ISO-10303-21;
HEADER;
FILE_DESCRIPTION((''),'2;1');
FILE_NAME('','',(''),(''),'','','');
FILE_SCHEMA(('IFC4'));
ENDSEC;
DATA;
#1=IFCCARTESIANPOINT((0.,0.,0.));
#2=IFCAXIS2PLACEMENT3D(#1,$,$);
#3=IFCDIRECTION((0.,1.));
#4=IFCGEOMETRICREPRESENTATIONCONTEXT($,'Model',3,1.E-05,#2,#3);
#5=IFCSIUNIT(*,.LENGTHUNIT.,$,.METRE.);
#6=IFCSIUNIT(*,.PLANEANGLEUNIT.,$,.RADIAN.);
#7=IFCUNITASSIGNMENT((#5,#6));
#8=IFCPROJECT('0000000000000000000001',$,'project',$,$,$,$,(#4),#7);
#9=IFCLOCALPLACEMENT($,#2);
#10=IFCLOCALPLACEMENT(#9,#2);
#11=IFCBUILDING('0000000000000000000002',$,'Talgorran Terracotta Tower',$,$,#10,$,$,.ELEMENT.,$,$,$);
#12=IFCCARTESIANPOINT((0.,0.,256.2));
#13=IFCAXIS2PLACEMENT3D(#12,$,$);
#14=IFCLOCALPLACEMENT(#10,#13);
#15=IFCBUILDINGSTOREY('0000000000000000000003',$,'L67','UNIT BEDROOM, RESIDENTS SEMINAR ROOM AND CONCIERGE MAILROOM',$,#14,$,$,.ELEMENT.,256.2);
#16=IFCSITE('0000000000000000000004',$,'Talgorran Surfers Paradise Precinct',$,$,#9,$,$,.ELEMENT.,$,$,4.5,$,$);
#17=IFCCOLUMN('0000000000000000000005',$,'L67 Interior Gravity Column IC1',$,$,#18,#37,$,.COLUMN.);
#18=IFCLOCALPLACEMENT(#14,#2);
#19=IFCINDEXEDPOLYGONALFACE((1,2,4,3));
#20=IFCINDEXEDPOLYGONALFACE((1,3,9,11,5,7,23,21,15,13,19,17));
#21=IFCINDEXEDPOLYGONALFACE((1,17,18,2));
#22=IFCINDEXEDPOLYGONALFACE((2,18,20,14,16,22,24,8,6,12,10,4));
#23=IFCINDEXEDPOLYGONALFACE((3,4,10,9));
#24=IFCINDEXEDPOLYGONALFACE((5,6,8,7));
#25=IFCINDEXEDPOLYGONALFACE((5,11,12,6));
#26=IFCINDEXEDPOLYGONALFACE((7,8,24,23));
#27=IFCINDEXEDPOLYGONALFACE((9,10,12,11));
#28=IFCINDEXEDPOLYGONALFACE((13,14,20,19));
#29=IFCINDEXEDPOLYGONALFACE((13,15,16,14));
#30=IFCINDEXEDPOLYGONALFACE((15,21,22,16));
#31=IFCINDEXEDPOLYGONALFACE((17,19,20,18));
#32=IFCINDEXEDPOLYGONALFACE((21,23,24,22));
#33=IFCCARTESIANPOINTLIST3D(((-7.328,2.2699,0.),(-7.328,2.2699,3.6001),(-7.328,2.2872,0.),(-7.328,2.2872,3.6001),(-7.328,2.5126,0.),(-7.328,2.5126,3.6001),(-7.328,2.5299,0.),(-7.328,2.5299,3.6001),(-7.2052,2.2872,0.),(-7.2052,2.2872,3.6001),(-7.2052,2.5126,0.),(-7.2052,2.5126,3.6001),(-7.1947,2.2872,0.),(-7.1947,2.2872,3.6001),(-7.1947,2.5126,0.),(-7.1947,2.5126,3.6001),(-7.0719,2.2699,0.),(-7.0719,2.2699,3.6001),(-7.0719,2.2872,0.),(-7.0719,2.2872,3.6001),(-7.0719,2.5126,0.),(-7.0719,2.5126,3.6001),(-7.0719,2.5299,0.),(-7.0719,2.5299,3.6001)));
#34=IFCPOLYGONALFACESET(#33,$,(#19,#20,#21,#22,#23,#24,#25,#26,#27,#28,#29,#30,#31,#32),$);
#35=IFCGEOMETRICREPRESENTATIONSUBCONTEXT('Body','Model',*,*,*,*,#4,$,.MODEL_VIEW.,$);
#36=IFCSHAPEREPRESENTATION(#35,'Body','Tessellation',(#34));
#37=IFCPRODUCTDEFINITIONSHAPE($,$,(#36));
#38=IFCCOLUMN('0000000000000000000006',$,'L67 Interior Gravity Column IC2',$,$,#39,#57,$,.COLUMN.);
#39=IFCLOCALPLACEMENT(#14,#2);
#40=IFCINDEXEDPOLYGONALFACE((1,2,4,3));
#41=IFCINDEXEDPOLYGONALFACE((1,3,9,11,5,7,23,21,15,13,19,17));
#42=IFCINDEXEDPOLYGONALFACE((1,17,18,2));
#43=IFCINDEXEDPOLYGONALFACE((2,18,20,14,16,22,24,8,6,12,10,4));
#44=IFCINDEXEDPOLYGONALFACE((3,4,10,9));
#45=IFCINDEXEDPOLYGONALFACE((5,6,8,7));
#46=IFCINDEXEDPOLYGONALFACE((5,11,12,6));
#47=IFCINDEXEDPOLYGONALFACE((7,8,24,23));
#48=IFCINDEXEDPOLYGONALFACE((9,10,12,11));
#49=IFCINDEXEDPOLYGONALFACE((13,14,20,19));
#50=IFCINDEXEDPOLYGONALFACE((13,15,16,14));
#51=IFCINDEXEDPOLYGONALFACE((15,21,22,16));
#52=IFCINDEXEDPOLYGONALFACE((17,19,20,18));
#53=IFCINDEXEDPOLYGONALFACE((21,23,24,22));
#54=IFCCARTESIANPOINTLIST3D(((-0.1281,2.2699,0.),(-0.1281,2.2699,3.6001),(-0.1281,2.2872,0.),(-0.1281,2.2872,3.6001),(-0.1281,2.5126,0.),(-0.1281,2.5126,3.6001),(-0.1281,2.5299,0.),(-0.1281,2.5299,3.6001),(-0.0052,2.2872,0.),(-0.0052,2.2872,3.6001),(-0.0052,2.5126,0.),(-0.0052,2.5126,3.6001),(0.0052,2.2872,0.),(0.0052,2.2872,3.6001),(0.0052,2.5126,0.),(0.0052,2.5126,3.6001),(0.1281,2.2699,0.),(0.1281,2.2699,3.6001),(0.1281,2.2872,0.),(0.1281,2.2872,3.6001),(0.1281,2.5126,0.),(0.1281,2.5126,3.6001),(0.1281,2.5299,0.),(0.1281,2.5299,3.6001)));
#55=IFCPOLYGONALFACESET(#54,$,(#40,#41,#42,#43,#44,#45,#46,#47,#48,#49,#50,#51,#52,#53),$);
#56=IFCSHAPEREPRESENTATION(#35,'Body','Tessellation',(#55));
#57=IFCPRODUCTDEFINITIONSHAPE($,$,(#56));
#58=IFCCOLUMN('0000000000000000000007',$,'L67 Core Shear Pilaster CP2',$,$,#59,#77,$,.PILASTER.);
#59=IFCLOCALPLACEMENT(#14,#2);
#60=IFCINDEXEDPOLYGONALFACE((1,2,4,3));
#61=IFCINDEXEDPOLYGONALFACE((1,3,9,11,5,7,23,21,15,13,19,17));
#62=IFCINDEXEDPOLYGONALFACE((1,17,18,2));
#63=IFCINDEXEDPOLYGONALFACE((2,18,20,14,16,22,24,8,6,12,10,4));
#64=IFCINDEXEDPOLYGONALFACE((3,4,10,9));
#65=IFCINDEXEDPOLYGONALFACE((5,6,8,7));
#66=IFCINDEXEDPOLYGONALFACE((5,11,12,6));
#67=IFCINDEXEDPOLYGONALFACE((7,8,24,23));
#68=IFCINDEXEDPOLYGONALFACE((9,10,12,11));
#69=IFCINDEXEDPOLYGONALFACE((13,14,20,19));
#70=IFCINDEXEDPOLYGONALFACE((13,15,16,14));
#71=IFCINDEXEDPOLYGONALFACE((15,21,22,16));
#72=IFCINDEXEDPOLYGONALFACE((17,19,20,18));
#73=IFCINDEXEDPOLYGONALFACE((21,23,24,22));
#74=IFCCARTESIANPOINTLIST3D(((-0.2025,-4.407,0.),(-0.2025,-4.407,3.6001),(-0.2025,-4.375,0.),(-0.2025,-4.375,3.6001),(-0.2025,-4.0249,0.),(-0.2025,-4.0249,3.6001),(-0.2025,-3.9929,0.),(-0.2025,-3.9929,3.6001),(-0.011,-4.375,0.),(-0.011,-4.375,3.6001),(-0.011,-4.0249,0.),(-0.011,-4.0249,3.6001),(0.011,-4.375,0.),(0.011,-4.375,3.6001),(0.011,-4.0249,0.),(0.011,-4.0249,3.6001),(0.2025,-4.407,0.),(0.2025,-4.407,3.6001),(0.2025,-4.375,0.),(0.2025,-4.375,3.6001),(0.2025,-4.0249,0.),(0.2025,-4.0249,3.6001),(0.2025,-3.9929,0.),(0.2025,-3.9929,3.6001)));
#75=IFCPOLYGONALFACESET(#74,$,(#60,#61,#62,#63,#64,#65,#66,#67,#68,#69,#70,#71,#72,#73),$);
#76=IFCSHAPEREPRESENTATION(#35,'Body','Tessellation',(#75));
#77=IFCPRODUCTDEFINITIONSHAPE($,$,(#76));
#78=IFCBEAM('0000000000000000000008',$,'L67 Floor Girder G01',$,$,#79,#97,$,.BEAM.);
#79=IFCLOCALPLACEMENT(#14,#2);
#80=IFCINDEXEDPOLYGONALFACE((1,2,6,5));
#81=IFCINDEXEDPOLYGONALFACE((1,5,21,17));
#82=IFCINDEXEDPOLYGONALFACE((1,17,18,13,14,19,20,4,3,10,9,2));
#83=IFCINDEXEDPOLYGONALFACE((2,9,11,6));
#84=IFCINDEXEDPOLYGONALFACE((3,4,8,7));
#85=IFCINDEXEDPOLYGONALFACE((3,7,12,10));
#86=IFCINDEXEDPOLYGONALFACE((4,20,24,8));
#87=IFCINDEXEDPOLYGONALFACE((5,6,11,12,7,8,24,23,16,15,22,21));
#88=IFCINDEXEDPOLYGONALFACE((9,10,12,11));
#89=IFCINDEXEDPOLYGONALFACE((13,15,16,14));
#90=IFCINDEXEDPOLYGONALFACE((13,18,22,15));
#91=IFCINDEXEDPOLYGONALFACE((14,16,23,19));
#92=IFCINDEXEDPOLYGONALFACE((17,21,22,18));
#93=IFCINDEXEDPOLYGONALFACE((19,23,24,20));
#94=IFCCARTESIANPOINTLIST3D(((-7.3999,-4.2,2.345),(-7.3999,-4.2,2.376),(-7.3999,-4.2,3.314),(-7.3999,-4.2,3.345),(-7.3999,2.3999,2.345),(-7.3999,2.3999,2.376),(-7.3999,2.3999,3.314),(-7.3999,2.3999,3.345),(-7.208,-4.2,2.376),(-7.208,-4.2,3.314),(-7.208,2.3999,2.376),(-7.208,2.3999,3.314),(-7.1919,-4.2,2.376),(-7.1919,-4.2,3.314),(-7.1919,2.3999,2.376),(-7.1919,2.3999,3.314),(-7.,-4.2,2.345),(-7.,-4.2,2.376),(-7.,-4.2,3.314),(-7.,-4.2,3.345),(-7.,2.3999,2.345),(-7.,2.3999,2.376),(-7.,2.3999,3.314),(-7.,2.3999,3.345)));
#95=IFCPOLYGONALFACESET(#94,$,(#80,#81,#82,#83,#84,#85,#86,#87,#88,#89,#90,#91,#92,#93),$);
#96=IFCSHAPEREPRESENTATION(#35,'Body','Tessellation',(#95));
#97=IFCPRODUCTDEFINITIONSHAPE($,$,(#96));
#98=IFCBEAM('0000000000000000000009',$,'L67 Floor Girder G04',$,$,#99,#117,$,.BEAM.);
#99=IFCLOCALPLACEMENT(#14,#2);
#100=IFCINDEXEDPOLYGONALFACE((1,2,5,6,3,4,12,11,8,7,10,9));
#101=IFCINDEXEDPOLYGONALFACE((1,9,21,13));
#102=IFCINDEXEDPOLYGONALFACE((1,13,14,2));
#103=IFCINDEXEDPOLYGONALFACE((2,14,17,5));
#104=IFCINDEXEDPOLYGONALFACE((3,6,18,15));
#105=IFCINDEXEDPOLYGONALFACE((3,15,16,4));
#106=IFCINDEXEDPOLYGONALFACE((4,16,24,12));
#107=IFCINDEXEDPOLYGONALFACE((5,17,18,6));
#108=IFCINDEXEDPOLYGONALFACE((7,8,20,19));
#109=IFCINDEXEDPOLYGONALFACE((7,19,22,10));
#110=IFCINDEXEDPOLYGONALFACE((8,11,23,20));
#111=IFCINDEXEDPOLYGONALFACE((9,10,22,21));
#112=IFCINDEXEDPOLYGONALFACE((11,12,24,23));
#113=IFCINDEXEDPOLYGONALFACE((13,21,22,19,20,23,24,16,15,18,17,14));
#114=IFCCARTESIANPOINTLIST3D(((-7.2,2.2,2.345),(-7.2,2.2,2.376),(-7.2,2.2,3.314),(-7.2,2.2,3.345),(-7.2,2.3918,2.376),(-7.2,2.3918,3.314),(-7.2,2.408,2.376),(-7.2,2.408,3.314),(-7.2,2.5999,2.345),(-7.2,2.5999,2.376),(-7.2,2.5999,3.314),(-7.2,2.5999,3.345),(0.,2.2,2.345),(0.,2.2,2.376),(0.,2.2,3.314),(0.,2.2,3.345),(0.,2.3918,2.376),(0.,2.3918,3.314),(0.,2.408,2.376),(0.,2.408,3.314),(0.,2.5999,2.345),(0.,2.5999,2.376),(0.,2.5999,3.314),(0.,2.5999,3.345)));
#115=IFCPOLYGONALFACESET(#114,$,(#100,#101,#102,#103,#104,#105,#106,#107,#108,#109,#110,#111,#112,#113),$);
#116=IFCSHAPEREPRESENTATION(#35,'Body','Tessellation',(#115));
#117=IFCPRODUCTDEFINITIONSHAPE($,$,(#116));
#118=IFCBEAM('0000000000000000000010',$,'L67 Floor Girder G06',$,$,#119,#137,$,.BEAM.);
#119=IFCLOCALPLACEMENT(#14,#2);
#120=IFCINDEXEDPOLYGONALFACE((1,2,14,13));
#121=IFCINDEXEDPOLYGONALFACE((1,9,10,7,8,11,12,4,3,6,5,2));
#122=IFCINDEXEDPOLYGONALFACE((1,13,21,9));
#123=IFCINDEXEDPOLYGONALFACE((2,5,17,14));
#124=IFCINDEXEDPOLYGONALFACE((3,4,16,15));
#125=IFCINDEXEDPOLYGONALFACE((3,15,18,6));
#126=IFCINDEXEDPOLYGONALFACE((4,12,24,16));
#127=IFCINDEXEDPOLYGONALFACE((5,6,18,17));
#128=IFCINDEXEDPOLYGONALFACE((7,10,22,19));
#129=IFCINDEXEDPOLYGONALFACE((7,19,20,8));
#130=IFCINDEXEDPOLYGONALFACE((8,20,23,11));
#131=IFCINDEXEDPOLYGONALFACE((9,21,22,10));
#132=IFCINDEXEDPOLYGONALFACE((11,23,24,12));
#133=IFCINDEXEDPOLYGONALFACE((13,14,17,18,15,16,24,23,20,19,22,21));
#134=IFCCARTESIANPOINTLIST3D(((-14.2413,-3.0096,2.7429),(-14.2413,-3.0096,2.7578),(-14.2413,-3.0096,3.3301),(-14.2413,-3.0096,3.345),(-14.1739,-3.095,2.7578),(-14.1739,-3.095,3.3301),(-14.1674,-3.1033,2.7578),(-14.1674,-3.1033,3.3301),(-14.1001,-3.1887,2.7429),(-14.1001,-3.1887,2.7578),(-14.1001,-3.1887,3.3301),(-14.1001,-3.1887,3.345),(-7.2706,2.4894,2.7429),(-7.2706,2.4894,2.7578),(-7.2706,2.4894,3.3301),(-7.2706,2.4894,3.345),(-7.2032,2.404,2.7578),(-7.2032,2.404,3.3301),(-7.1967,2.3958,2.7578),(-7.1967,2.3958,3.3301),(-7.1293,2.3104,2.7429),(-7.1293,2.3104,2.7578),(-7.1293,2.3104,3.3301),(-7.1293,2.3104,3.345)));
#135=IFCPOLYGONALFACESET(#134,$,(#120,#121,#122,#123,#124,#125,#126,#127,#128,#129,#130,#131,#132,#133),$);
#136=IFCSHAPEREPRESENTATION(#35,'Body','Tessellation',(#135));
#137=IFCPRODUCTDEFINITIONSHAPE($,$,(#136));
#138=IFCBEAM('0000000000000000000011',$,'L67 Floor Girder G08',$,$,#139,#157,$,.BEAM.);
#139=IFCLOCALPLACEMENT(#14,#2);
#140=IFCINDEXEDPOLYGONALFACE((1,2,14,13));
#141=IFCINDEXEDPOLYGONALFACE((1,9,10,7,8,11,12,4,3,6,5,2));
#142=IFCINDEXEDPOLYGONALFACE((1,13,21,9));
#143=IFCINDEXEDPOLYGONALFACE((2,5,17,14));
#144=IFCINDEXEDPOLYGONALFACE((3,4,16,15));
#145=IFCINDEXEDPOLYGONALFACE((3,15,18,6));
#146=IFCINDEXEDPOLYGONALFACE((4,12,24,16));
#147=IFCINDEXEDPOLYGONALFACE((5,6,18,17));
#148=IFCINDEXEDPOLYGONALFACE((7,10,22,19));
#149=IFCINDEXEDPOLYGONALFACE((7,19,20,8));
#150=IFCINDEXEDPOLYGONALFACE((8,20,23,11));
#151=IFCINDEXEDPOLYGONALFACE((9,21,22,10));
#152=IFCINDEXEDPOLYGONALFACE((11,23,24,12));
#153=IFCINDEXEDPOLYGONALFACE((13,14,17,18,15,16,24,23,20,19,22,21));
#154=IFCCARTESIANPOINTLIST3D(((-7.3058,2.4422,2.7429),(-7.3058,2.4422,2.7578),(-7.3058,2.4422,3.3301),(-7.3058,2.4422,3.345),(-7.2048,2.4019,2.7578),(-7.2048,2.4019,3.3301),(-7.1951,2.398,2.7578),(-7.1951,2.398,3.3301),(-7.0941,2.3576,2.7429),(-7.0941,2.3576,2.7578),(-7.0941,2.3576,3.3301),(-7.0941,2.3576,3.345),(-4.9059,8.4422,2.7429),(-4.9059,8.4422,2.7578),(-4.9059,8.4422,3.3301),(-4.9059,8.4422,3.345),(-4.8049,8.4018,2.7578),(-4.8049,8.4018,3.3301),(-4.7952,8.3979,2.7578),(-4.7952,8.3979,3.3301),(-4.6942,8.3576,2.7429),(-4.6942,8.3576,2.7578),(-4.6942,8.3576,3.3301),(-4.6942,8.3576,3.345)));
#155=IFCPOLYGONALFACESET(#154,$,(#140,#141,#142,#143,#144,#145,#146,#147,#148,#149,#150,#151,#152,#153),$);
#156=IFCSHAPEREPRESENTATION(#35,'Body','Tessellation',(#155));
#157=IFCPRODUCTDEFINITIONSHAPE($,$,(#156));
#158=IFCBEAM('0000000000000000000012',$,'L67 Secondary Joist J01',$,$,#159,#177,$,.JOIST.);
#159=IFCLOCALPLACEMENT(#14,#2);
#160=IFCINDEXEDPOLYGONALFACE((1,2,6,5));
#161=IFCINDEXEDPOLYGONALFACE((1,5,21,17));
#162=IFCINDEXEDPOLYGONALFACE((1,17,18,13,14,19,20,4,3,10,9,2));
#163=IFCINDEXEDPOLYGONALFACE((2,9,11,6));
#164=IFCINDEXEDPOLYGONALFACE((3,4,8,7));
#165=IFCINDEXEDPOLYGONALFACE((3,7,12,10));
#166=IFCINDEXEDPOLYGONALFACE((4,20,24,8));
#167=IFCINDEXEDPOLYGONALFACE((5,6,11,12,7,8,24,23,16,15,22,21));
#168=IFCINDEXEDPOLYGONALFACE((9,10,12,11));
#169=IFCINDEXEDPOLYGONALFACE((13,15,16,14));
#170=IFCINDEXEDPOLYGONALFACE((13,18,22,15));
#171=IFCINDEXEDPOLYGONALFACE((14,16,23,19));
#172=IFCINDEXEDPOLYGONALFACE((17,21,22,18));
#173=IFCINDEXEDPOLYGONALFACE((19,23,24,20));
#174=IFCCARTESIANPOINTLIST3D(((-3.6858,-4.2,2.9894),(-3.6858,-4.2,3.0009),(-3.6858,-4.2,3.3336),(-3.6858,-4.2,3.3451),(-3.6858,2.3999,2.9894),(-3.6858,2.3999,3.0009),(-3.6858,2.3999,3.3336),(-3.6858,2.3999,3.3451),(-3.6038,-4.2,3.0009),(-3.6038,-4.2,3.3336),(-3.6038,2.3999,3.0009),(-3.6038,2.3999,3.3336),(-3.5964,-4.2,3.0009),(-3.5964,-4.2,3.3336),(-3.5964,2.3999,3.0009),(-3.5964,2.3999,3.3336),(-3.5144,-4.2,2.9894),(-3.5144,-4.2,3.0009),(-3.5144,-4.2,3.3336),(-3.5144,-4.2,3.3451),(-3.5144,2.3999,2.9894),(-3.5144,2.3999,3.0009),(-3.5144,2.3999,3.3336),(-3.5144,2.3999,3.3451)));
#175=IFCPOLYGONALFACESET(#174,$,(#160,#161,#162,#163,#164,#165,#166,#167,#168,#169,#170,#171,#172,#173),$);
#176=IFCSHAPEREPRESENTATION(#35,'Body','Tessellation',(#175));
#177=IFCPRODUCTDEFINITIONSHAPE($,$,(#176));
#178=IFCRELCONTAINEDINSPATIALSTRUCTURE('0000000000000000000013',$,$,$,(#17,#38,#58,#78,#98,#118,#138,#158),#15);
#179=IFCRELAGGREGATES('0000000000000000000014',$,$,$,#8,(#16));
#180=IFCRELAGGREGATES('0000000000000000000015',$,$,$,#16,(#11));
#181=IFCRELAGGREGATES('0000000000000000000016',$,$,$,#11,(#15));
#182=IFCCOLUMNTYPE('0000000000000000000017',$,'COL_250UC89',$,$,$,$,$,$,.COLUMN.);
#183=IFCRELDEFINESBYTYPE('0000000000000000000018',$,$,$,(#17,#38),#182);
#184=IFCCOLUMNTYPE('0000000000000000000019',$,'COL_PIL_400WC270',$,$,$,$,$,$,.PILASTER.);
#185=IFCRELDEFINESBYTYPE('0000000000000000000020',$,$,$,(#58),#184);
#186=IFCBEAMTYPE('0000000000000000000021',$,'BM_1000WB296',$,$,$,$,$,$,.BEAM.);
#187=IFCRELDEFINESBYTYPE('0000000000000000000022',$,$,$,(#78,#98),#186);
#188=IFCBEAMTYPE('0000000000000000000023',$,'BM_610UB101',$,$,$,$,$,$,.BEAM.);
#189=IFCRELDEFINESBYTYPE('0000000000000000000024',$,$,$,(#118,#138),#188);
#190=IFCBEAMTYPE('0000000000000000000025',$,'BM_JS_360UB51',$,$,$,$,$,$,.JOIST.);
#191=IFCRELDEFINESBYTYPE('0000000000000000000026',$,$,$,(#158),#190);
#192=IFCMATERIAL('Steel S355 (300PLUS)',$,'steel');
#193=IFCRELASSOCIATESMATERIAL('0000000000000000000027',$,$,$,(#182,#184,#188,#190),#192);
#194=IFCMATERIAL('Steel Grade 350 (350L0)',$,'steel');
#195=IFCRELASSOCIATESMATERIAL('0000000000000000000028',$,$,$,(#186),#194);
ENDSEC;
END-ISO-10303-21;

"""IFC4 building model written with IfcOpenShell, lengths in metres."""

from ifc_helpers import new_model, si_unit, direction, frame, origin, origin_2d, place, context, subcontext, project, spatial, i_section, extrude, material, material_profile, profile_set, type_object, element, save


model = new_model("IFC4")

# Units and contexts
model_context = context("Model", 3, precision=1e-05, world=origin(), true_north=direction((0.0, 1.0)))
body_context = subcontext(model_context, "Body", "Model", "MODEL_VIEW")
ifc_project = project(units=[si_unit("LENGTHUNIT", "METRE"), si_unit("PLANEANGLEUNIT", "RADIAN")], contexts=[model_context])

# Site, building, storey
site_placement = place(None, origin())
site = spatial("IfcSite", under=ifc_project, at=site_placement, Name="Talgorran Surfers Paradise Precinct", CompositionType="ELEMENT", RefElevation=4.5)
building_placement = place(site_placement, origin())
building = spatial("IfcBuilding", under=site, at=building_placement, Name="Talgorran Terracotta Tower", CompositionType="ELEMENT")
storey_placement = place(building_placement, frame((0.0, 0.0, 256.2)))
storey = spatial("IfcBuildingStorey", under=building, at=storey_placement, Name="L67", Description="UNIT BEDROOM, RESIDENTS SEMINAR ROOM AND CONCIERGE MAILROOM", CompositionType="ELEMENT", Elevation=256.2)

# Columns
ifc_material_1 = material(Name="Steel S355 (300PLUS)", Category="steel")
ifc_material_profile_1 = material_profile(ifc_material_1, i_section(OverallWidth=0.2561, OverallDepth=0.26, WebThickness=0.0105, FlangeThickness=0.0173, at=origin_2d()), Name="250UC89.5")
ifc_profile_set_1 = profile_set([ifc_material_profile_1], Name="Steel S355 (300PLUS)")
column_type_1 = type_object("IfcColumnType", Name="COL_250UC89", PredefinedType="COLUMN", material=ifc_profile_set_1)
for number, where, z_axis, x_axis, name in (
    (1, (-7.2, 2.3999, 0.0), (0.0, 0.0, 1.0), (1.0, 0.0, 0.0), "L67 Interior Gravity Column IC1"),
    (2, (0.0, 2.3999, 0.0), (0.0, 0.0, 1.0), (1.0, 0.0, 0.0), "L67 Interior Gravity Column IC2"),
):
    element("IfcColumn", number, at=place(storey_placement, frame(where, z_axis=z_axis, x_axis=x_axis)), inside=storey, type_object=column_type_1, Name=name, PredefinedType="COLUMN", context=body_context, shape_type="SweptSolid", body=[
        extrude(i_section(OverallWidth=0.2561, OverallDepth=0.26, WebThickness=0.0105, FlangeThickness=0.0173, at=origin_2d()), origin(), (0.0, 0.0, 1.0), 3.6001),
    ])
ifc_material_profile_2 = material_profile(ifc_material_1, i_section(OverallWidth=0.405, OverallDepth=0.4141, WebThickness=0.022, FlangeThickness=0.032, at=origin_2d()), Name="400WC270")
ifc_profile_set_2 = profile_set([ifc_material_profile_2], Name="Steel S355 (300PLUS)")
column_type_2 = type_object("IfcColumnType", Name="COL_PIL_400WC270", PredefinedType="PILASTER", material=ifc_profile_set_2)
column_placement = place(storey_placement, frame((0.0, -4.2, 0.0), z_axis=(0.0, 0.0, 1.0), x_axis=(1.0, 0.0, 0.0)))
element("IfcColumn", 3, at=column_placement, inside=storey, type_object=column_type_2, Name="L67 Core Shear Pilaster CP2", PredefinedType="PILASTER", context=body_context, shape_type="SweptSolid", body=[
    extrude(i_section(OverallWidth=0.405, OverallDepth=0.4141, WebThickness=0.022, FlangeThickness=0.032, at=origin_2d()), origin(), (0.0, 0.0, 1.0), 3.6001),
])

# Beams
ifc_material_2 = material(Name="Steel Grade 350 (350L0)", Category="steel")
ifc_material_profile_3 = material_profile(ifc_material_2, i_section(OverallWidth=0.3999, OverallDepth=1.0, WebThickness=0.0161, FlangeThickness=0.031, at=origin_2d()), Name="1000WB296")
ifc_profile_set_3 = profile_set([ifc_material_profile_3], Name="Steel Grade 350 (350L0)")
beam_type_1 = type_object("IfcBeamType", Name="BM_1000WB296", PredefinedType="BEAM", material=ifc_profile_set_3)
beam_1_placement = place(storey_placement, frame((-7.2, -4.2, 2.845), z_axis=(0.0, 1.0, 0.0), x_axis=(-1.0, 0.0, 0.0)))
element("IfcBeam", 4, at=beam_1_placement, inside=storey, type_object=beam_type_1, Name="L67 Floor Girder G01", PredefinedType="BEAM", context=body_context, shape_type="SweptSolid", body=[
    extrude(i_section(OverallWidth=0.3999, OverallDepth=1.0, WebThickness=0.0161, FlangeThickness=0.031, at=origin_2d()), origin(), (0.0, 0.0, 1.0), 6.5999),
])
beam_2_placement = place(storey_placement, frame((-7.2, 2.3999, 2.845), z_axis=(1.0, 0.0, 0.0), x_axis=(0.0, 1.0, 0.0)))
element("IfcBeam", 5, at=beam_2_placement, inside=storey, type_object=beam_type_1, Name="L67 Floor Girder G04", PredefinedType="BEAM", context=body_context, shape_type="SweptSolid", body=[
    extrude(i_section(OverallWidth=0.3999, OverallDepth=1.0, WebThickness=0.0161, FlangeThickness=0.031, at=origin_2d()), origin(), (0.0, 0.0, 1.0), 7.2),
])
ifc_material_profile_4 = material_profile(ifc_material_1, i_section(OverallWidth=0.228, OverallDepth=0.6021, WebThickness=0.0105, FlangeThickness=0.0149, at=origin_2d()), Name="610UB101")
ifc_profile_set_4 = profile_set([ifc_material_profile_4], Name="Steel S355 (300PLUS)")
beam_type_2 = type_object("IfcBeamType", Name="BM_610UB101", PredefinedType="BEAM", material=ifc_profile_set_4)
beam_3_placement = place(storey_placement, frame((-7.2, 2.3999, 3.0439), z_axis=(-0.785111, -0.619355, 0.0), x_axis=(0.619355, -0.785111, 0.0)))
element("IfcBeam", 6, at=beam_3_placement, inside=storey, type_object=beam_type_2, Name="L67 Floor Girder G06", PredefinedType="BEAM", context=body_context, shape_type="SweptSolid", body=[
    extrude(i_section(OverallWidth=0.228, OverallDepth=0.6021, WebThickness=0.0105, FlangeThickness=0.0149, at=origin_2d()), origin(), (0.0, 0.0, 1.0), 8.8787),
])
beam_4_placement = place(storey_placement, frame((-7.2, 2.3999, 3.0439), z_axis=(0.371378, 0.928482, 0.0), x_axis=(-0.928482, 0.371378, 0.0)))
element("IfcBeam", 7, at=beam_4_placement, inside=storey, type_object=beam_type_2, Name="L67 Floor Girder G08", PredefinedType="BEAM", context=body_context, shape_type="SweptSolid", body=[
    extrude(i_section(OverallWidth=0.228, OverallDepth=0.6021, WebThickness=0.0105, FlangeThickness=0.0149, at=origin_2d()), origin(), (0.0, 0.0, 1.0), 6.4622),
])
ifc_material_profile_5 = material_profile(ifc_material_1, i_section(OverallWidth=0.1714, OverallDepth=0.3557, WebThickness=0.0073, FlangeThickness=0.0115, at=origin_2d()), Name="360UB50.7")
ifc_profile_set_5 = profile_set([ifc_material_profile_5], Name="Steel S355 (300PLUS)")
beam_type_3 = type_object("IfcBeamType", Name="BM_JS_360UB51", PredefinedType="JOIST", material=ifc_profile_set_5)
beam_5_placement = place(storey_placement, frame((-3.6001, -4.2, 3.1672), z_axis=(0.0, 1.0, 0.0), x_axis=(-1.0, 0.0, 0.0)))
element("IfcBeam", 8, at=beam_5_placement, inside=storey, type_object=beam_type_3, Name="L67 Secondary Joist J01", PredefinedType="JOIST", context=body_context, shape_type="SweptSolid", body=[
    extrude(i_section(OverallWidth=0.1714, OverallDepth=0.3557, WebThickness=0.0073, FlangeThickness=0.0115, at=origin_2d()), origin(), (0.0, 0.0, 1.0), 6.5999),
])

save(model, "model.ifc")
